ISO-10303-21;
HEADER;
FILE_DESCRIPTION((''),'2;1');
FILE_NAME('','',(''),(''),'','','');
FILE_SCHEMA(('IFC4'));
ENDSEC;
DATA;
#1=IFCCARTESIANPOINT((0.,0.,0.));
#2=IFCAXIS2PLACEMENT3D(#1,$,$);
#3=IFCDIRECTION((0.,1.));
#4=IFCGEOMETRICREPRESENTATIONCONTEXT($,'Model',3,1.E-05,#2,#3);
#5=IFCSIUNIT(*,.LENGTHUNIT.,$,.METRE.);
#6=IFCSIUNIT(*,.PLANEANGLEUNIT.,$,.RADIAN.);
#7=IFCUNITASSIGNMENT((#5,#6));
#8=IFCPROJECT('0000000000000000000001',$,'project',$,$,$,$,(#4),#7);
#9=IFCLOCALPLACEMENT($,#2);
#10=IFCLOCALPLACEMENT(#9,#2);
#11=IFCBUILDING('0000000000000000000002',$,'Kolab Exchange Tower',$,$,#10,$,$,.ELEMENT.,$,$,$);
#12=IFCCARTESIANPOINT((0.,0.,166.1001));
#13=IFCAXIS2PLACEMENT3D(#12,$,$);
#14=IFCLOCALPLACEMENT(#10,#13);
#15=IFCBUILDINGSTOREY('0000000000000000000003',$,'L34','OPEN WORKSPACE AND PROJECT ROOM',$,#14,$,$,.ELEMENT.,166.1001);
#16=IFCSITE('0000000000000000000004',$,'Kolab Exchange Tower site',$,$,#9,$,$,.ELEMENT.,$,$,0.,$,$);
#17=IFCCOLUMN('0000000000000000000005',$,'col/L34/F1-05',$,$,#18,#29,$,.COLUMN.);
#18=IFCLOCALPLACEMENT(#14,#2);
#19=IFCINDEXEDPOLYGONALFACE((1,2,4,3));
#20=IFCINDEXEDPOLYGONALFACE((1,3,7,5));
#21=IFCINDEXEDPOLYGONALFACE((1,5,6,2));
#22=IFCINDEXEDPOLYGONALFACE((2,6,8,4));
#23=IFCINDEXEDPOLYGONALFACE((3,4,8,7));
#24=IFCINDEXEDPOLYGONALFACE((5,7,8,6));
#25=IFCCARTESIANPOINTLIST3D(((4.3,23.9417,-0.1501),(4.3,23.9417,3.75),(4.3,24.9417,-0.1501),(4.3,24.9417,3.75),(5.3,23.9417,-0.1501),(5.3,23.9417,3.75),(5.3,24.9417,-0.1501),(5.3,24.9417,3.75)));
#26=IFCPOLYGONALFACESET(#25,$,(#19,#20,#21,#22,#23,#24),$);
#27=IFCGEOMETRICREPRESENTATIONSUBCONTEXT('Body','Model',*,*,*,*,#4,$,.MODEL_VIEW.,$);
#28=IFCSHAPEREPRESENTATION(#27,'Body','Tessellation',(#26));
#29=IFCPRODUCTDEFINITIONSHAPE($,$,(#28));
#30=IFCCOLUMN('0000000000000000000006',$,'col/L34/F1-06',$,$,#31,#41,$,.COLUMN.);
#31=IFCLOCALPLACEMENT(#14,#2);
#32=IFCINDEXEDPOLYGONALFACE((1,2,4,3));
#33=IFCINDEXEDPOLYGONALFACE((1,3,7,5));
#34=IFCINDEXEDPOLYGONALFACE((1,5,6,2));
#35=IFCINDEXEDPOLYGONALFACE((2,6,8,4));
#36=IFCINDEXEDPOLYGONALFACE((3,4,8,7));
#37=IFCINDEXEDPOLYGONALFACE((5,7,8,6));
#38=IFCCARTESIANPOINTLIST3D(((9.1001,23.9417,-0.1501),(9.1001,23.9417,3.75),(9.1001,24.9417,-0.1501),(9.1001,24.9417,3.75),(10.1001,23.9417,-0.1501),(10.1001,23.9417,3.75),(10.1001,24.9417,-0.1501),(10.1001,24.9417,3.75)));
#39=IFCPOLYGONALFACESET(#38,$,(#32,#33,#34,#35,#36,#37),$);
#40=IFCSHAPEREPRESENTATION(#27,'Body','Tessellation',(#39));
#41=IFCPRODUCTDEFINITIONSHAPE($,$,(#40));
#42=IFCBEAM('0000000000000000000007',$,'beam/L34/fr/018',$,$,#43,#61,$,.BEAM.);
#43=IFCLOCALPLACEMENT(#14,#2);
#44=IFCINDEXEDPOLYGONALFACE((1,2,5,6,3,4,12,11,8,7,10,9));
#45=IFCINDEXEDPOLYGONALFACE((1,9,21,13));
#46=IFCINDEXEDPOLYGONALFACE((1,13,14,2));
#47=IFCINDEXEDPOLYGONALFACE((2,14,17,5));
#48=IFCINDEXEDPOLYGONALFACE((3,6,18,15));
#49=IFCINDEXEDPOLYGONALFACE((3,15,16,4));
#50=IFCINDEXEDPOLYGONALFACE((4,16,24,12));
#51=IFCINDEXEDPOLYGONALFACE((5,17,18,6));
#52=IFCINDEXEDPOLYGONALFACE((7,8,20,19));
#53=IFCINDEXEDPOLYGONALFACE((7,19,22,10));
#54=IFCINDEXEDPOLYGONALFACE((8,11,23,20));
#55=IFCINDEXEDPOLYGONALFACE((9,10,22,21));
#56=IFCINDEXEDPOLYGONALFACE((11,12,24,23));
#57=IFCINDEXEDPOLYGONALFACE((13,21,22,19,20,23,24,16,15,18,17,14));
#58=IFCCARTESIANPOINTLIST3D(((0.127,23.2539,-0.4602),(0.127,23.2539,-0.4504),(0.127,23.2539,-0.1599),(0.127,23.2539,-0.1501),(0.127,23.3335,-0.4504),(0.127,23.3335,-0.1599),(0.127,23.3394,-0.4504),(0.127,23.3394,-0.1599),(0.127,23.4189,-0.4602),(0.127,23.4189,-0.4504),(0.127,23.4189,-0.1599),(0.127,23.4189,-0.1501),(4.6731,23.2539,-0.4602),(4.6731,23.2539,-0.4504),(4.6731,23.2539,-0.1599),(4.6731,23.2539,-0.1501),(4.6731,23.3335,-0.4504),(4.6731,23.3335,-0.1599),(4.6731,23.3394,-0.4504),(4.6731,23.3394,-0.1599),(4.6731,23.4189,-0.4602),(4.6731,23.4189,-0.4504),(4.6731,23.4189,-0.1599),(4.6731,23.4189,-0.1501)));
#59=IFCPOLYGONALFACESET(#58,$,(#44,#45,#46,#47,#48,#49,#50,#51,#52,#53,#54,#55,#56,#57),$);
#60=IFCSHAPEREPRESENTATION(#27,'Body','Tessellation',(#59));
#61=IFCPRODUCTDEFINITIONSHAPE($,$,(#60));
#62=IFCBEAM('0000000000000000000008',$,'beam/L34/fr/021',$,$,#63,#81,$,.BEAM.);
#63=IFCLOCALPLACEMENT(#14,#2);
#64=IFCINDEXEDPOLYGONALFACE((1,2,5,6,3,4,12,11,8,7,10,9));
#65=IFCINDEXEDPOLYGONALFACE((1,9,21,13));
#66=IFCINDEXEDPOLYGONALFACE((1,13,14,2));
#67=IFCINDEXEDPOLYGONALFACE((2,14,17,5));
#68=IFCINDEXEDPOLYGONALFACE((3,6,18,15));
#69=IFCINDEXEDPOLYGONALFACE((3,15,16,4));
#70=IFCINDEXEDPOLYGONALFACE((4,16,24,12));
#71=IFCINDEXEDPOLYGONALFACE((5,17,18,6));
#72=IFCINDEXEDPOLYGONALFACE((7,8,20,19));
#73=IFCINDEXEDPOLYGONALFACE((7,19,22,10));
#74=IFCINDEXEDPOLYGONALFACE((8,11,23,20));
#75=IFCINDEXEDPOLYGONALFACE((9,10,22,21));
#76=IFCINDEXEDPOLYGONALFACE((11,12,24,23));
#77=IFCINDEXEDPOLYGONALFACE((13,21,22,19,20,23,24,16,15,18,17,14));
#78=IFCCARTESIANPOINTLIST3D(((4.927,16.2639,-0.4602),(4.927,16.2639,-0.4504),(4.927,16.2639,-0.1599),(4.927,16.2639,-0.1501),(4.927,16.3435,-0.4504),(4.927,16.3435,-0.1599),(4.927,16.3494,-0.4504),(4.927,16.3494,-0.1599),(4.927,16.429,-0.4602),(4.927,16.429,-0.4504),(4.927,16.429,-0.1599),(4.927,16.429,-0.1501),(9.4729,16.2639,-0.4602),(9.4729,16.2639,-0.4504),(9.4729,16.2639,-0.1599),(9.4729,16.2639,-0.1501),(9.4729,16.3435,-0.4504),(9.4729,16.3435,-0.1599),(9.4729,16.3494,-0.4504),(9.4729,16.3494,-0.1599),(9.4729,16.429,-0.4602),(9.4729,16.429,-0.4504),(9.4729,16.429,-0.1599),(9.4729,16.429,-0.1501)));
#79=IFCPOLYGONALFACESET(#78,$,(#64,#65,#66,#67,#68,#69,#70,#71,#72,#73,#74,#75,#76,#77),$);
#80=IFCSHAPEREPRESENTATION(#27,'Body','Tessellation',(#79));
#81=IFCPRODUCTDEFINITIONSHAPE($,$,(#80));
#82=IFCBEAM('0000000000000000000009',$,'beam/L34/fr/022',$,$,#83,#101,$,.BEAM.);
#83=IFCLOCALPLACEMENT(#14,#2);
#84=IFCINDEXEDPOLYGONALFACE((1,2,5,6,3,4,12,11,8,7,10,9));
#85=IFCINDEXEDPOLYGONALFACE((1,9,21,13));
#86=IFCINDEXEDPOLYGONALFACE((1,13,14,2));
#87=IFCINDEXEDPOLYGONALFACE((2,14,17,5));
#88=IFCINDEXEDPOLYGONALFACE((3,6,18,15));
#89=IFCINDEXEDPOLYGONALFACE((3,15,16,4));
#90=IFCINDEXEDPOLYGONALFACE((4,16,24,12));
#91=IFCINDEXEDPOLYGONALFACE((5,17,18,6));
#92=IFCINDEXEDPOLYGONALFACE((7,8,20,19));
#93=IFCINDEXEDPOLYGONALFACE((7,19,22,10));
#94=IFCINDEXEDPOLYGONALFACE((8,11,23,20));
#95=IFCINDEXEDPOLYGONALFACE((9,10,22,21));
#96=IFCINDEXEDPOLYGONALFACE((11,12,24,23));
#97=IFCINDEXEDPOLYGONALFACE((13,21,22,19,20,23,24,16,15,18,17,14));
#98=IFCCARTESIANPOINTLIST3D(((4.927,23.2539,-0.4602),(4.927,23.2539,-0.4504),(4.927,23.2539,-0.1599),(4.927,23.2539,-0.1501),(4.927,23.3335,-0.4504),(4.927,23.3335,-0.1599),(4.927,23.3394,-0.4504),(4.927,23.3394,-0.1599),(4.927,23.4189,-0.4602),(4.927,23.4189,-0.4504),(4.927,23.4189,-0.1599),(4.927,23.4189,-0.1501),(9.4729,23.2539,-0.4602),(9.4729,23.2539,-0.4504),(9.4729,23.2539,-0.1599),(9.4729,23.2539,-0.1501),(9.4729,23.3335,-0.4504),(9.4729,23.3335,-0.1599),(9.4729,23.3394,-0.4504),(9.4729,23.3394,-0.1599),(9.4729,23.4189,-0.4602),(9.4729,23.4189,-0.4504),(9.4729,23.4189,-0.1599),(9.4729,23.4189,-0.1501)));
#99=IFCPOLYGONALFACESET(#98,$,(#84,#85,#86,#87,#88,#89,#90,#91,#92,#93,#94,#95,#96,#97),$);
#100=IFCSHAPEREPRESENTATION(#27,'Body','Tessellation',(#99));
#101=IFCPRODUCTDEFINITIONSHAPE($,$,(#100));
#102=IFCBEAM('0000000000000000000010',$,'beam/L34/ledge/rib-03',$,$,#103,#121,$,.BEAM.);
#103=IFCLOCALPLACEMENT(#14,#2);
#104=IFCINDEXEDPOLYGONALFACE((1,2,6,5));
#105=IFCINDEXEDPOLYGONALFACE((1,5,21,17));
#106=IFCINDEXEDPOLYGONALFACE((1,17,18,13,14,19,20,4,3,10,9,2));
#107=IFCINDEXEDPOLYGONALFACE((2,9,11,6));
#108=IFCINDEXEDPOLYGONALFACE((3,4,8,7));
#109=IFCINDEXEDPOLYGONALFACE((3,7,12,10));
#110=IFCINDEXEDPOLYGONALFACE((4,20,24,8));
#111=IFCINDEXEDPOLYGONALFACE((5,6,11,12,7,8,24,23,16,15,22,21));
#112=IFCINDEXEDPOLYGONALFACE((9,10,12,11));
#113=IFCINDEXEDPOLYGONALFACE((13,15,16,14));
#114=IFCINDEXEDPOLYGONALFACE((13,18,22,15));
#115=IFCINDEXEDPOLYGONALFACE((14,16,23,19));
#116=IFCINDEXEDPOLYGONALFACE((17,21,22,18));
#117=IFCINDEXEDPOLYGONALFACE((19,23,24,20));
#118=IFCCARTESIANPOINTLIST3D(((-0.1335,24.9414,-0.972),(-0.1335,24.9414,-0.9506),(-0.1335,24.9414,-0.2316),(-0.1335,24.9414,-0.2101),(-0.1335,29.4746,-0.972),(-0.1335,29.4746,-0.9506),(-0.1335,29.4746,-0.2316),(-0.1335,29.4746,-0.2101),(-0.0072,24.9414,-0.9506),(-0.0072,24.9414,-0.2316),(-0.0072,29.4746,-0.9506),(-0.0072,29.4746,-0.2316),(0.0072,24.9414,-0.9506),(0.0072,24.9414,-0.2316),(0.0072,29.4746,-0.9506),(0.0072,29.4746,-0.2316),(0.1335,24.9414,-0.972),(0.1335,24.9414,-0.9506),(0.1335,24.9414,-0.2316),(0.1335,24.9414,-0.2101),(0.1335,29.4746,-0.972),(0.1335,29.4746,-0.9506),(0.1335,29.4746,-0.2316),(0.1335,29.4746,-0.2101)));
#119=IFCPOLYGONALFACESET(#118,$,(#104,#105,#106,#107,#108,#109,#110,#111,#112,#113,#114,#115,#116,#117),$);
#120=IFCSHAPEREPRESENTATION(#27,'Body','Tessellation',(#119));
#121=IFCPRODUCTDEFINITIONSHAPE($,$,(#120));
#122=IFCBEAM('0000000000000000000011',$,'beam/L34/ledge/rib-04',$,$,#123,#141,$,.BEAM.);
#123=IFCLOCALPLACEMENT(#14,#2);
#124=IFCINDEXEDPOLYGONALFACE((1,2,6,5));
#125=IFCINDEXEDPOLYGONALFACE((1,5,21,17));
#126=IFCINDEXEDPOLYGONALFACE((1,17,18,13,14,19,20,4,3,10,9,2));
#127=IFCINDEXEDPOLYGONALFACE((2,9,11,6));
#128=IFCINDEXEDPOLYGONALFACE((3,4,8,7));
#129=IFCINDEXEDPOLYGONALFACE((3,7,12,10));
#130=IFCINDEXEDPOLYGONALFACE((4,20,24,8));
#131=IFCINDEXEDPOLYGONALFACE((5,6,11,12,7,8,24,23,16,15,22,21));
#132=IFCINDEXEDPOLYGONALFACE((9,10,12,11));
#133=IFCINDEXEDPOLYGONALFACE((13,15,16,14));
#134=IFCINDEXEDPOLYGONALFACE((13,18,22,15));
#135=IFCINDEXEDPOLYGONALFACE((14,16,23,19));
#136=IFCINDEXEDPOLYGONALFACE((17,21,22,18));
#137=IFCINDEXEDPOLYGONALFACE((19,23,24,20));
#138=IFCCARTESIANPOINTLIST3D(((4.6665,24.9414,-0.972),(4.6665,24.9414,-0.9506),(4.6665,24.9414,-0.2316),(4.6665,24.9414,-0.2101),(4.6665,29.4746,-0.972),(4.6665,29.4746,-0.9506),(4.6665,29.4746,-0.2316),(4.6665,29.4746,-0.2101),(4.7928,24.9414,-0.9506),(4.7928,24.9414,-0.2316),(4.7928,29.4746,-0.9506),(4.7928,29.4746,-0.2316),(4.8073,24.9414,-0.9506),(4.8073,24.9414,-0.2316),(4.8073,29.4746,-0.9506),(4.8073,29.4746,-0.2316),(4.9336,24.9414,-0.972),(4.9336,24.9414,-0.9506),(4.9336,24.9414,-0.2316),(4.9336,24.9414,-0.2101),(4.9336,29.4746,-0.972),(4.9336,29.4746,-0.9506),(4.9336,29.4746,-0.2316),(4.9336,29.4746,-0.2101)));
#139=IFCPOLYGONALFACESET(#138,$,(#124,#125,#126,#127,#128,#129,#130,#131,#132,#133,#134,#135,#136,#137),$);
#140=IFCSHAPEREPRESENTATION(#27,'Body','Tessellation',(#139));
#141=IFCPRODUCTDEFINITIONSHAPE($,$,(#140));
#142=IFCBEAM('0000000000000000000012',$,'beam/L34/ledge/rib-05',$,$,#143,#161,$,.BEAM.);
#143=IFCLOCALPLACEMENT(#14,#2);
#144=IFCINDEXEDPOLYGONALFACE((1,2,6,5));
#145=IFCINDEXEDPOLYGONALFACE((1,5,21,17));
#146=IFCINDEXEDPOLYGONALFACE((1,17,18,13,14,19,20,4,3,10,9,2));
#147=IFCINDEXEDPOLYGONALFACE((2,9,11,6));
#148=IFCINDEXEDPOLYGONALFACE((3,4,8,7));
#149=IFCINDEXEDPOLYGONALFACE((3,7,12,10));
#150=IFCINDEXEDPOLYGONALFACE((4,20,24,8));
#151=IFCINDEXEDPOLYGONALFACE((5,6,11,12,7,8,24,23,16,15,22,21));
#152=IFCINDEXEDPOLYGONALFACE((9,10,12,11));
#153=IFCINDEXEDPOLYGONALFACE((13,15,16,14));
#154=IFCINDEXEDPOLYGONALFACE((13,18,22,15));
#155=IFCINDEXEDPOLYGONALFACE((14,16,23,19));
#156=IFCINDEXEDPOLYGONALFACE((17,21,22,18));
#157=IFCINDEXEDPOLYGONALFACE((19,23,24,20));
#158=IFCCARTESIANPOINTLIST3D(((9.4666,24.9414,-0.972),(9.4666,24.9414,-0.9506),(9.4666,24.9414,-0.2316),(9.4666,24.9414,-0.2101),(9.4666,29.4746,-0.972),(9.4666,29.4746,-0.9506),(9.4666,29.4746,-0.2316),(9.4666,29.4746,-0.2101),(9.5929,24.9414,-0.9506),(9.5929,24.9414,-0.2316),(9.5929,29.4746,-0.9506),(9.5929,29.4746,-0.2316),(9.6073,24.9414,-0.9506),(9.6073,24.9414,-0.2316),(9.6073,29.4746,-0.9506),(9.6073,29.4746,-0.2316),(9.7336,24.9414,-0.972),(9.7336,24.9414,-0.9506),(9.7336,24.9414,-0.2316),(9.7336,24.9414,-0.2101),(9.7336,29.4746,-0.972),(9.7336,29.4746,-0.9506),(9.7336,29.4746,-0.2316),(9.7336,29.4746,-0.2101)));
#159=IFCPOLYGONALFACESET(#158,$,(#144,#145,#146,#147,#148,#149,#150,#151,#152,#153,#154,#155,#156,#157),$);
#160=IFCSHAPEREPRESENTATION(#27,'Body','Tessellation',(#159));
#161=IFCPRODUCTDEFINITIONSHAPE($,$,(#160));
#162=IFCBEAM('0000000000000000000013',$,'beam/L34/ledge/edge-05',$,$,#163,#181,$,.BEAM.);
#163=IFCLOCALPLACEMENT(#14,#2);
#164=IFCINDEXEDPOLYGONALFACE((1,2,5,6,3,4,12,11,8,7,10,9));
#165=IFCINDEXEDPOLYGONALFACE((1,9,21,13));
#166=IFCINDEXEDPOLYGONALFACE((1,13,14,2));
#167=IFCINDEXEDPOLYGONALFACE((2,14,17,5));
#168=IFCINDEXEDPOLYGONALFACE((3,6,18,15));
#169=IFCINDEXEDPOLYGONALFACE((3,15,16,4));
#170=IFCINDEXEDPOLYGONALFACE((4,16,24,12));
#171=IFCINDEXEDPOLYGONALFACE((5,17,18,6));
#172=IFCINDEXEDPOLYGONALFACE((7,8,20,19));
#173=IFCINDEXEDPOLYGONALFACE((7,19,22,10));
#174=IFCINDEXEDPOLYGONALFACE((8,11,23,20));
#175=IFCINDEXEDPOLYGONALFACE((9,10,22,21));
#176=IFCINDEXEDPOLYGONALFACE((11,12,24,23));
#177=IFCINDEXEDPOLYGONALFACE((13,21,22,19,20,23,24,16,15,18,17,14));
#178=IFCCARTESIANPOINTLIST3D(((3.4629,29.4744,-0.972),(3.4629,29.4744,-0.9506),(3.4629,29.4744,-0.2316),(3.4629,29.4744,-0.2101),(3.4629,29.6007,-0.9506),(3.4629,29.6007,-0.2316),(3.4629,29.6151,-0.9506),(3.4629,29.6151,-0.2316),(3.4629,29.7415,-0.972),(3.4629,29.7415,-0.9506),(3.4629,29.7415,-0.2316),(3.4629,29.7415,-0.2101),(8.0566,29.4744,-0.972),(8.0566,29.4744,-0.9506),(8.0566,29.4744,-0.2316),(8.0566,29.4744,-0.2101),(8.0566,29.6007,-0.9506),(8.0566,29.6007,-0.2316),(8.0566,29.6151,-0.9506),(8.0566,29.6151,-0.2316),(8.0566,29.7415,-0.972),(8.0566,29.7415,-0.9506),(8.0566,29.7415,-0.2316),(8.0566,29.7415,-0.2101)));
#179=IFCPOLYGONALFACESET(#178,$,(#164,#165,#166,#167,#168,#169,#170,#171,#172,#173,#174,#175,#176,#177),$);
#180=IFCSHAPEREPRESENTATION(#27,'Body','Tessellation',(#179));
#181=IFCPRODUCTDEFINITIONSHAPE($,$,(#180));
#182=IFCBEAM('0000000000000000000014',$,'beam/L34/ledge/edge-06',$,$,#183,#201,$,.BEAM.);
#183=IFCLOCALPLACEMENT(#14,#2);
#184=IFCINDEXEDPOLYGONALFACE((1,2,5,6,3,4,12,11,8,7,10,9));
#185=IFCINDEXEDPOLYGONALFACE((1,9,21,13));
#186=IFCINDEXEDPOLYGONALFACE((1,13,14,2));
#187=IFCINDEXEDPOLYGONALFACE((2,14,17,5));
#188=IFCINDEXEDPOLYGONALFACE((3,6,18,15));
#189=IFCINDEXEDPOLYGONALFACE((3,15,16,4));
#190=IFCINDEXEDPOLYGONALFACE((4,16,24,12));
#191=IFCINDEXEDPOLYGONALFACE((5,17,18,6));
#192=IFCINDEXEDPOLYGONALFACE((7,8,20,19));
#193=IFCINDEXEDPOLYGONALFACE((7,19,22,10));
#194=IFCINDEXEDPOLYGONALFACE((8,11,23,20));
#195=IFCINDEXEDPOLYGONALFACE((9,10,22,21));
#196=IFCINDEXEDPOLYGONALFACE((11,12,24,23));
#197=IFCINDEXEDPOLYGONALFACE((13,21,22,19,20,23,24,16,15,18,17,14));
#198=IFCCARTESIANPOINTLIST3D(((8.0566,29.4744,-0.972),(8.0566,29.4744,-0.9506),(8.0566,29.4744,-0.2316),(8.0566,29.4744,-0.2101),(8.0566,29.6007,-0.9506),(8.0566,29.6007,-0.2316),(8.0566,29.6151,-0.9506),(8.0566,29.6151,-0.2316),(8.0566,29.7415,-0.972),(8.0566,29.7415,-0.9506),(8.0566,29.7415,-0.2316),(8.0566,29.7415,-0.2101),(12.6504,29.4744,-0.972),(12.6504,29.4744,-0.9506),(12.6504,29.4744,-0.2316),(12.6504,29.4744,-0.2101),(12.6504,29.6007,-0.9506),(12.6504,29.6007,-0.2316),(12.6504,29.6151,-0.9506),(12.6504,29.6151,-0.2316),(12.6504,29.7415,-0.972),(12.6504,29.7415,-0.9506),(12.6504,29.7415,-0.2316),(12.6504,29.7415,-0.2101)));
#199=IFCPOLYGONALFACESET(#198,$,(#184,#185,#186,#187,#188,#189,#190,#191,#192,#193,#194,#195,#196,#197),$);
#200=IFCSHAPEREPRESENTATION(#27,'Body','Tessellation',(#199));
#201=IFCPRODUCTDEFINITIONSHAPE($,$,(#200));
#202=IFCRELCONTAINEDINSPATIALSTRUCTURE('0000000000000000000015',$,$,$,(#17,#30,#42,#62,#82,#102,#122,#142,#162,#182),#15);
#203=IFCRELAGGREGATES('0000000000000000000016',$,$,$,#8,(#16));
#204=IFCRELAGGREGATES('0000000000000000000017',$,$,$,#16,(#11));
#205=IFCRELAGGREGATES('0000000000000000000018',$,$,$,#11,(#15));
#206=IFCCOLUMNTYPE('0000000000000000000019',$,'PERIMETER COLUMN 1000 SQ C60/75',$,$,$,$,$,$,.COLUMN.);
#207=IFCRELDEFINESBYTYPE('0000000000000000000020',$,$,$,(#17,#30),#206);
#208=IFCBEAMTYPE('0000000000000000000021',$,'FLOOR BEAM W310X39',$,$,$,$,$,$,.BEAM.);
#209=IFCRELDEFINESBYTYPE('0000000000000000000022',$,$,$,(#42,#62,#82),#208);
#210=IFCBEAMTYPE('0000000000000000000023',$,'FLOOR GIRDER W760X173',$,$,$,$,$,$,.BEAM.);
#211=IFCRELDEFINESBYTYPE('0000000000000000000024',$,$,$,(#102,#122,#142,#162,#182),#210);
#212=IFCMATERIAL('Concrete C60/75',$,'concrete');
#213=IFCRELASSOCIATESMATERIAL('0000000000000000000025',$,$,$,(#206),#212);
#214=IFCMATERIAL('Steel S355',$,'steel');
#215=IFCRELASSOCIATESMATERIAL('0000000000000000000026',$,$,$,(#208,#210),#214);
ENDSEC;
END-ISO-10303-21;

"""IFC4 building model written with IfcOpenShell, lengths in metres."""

from ifc_helpers import new_model, si_unit, direction, frame, origin, origin_2d, place, context, subcontext, project, spatial, rectangle, i_section, extrude, material, material_profile, profile_set, type_object, element, save


model = new_model("IFC4")

# Units and contexts
model_context = context("Model", 3, precision=1e-05, world=origin(), true_north=direction((0.0, 1.0)))
body_context = subcontext(model_context, "Body", "Model", "MODEL_VIEW")
ifc_project = project(units=[si_unit("LENGTHUNIT", "METRE"), si_unit("PLANEANGLEUNIT", "RADIAN")], contexts=[model_context])

# Site, building, storey
site_placement = place(None, origin())
site = spatial("IfcSite", under=ifc_project, at=site_placement, Name="Kolab Exchange Tower site", CompositionType="ELEMENT", RefElevation=0.0)
building_placement = place(site_placement, origin())
building = spatial("IfcBuilding", under=site, at=building_placement, Name="Kolab Exchange Tower", CompositionType="ELEMENT")
storey_placement = place(building_placement, frame((0.0, 0.0, 166.1001)))
storey = spatial("IfcBuildingStorey", under=building, at=storey_placement, Name="L34", Description="OPEN WORKSPACE AND PROJECT ROOM", CompositionType="ELEMENT", Elevation=166.1001)

# Columns
ifc_material_1 = material(Name="Concrete C60/75", Category="concrete")
ifc_material_profile_1 = material_profile(ifc_material_1, rectangle(XDim=1.0, YDim=1.0, at=origin_2d()), Name="RC1000")
ifc_profile_set_1 = profile_set([ifc_material_profile_1], Name="Concrete C60/75")
column_type = type_object("IfcColumnType", Name="PERIMETER COLUMN 1000 SQ C60/75", PredefinedType="COLUMN", material=ifc_profile_set_1)
for number, where, z_axis, x_axis, name in (
    (1, (4.8, 24.4417, -0.1501), (0.0, 0.0, 1.0), (1.0, 0.0, 0.0), "col/L34/F1-05"),
    (2, (9.6001, 24.4417, -0.1501), (0.0, 0.0, 1.0), (1.0, 0.0, 0.0), "col/L34/F1-06"),
):
    element("IfcColumn", number, at=place(storey_placement, frame(where, z_axis=z_axis, x_axis=x_axis)), inside=storey, type_object=column_type, Name=name, PredefinedType="COLUMN", context=body_context, shape_type="SweptSolid", body=[
        extrude(rectangle(XDim=1.0, YDim=1.0, at=origin_2d()), origin(), (0.0, 0.0, 1.0), 3.9001),
    ])

# Beams
ifc_material_2 = material(Name="Steel S355", Category="steel")
ifc_material_profile_2 = material_profile(ifc_material_2, i_section(OverallWidth=0.165, OverallDepth=0.3101, WebThickness=0.0059, FlangeThickness=0.0098, at=origin_2d()), Name="W310X39")
ifc_profile_set_2 = profile_set([ifc_material_profile_2], Name="Steel S355")
beam_type_1 = type_object("IfcBeamType", Name="FLOOR BEAM W310X39", PredefinedType="BEAM", material=ifc_profile_set_2)
beam_1_placement = place(storey_placement, frame((0.127, 23.3364, -0.3052), z_axis=(1.0, 0.0, 0.0), x_axis=(0.0, 1.0, 0.0)))
element("IfcBeam", 3, at=beam_1_placement, inside=storey, type_object=beam_type_1, Name="beam/L34/fr/018", PredefinedType="BEAM", context=body_context, shape_type="SweptSolid", body=[
    extrude(i_section(OverallWidth=0.165, OverallDepth=0.3101, WebThickness=0.0059, FlangeThickness=0.0098, at=origin_2d()), origin(), (0.0, 0.0, 1.0), 4.5461),
])
for number, where, z_axis, x_axis, name in (
    (4, (4.927, 16.3464, -0.3052), (1.0, 0.0, 0.0), (0.0, 1.0, 0.0), "beam/L34/fr/021"),
    (5, (4.927, 23.3364, -0.3052), (1.0, 0.0, 0.0), (0.0, 1.0, 0.0), "beam/L34/fr/022"),
):
    element("IfcBeam", number, at=place(storey_placement, frame(where, z_axis=z_axis, x_axis=x_axis)), inside=storey, type_object=beam_type_1, Name=name, PredefinedType="BEAM", context=body_context, shape_type="SweptSolid", body=[
        extrude(i_section(OverallWidth=0.165, OverallDepth=0.3101, WebThickness=0.0059, FlangeThickness=0.0098, at=origin_2d()), origin(), (0.0, 0.0, 1.0), 4.5459),
    ])
ifc_material_profile_3 = material_profile(ifc_material_2, i_section(OverallWidth=0.2671, OverallDepth=0.762, WebThickness=0.0144, FlangeThickness=0.0215, at=origin_2d()), Name="W760X173")
ifc_profile_set_3 = profile_set([ifc_material_profile_3], Name="Steel S355")
beam_type_2 = type_object("IfcBeamType", Name="FLOOR GIRDER W760X173", PredefinedType="BEAM", material=ifc_profile_set_3)
for number, where, z_axis, x_axis, name in (
    (6, (0.0, 24.9414, -0.5911), (0.0, 1.0, 0.0), (-1.0, 0.0, 0.0), "beam/L34/ledge/rib-03"),
    (7, (4.8, 24.9414, -0.5911), (0.0, 1.0, 0.0), (-1.0, 0.0, 0.0), "beam/L34/ledge/rib-04"),
    (8, (9.6001, 24.9414, -0.5911), (0.0, 1.0, 0.0), (-1.0, 0.0, 0.0), "beam/L34/ledge/rib-05"),
):
    element("IfcBeam", number, at=place(storey_placement, frame(where, z_axis=z_axis, x_axis=x_axis)), inside=storey, type_object=beam_type_2, Name=name, PredefinedType="BEAM", context=body_context, shape_type="SweptSolid", body=[
        extrude(i_section(OverallWidth=0.2671, OverallDepth=0.762, WebThickness=0.0144, FlangeThickness=0.0215, at=origin_2d()), origin(), (0.0, 0.0, 1.0), 4.5332),
    ])
for number, where, z_axis, x_axis, name in (
    (9, (3.4629, 29.6079, -0.5911), (1.0, 0.0, 0.0), (0.0, 1.0, 0.0), "beam/L34/ledge/edge-05"),
    (10, (8.0566, 29.6079, -0.5911), (1.0, 0.0, 0.0), (0.0, 1.0, 0.0), "beam/L34/ledge/edge-06"),
):
    element("IfcBeam", number, at=place(storey_placement, frame(where, z_axis=z_axis, x_axis=x_axis)), inside=storey, type_object=beam_type_2, Name=name, PredefinedType="BEAM", context=body_context, shape_type="SweptSolid", body=[
        extrude(i_section(OverallWidth=0.2671, OverallDepth=0.762, WebThickness=0.0144, FlangeThickness=0.0215, at=origin_2d()), origin(), (0.0, 0.0, 1.0), 4.5938),
    ])

save(model, "model.ifc")
